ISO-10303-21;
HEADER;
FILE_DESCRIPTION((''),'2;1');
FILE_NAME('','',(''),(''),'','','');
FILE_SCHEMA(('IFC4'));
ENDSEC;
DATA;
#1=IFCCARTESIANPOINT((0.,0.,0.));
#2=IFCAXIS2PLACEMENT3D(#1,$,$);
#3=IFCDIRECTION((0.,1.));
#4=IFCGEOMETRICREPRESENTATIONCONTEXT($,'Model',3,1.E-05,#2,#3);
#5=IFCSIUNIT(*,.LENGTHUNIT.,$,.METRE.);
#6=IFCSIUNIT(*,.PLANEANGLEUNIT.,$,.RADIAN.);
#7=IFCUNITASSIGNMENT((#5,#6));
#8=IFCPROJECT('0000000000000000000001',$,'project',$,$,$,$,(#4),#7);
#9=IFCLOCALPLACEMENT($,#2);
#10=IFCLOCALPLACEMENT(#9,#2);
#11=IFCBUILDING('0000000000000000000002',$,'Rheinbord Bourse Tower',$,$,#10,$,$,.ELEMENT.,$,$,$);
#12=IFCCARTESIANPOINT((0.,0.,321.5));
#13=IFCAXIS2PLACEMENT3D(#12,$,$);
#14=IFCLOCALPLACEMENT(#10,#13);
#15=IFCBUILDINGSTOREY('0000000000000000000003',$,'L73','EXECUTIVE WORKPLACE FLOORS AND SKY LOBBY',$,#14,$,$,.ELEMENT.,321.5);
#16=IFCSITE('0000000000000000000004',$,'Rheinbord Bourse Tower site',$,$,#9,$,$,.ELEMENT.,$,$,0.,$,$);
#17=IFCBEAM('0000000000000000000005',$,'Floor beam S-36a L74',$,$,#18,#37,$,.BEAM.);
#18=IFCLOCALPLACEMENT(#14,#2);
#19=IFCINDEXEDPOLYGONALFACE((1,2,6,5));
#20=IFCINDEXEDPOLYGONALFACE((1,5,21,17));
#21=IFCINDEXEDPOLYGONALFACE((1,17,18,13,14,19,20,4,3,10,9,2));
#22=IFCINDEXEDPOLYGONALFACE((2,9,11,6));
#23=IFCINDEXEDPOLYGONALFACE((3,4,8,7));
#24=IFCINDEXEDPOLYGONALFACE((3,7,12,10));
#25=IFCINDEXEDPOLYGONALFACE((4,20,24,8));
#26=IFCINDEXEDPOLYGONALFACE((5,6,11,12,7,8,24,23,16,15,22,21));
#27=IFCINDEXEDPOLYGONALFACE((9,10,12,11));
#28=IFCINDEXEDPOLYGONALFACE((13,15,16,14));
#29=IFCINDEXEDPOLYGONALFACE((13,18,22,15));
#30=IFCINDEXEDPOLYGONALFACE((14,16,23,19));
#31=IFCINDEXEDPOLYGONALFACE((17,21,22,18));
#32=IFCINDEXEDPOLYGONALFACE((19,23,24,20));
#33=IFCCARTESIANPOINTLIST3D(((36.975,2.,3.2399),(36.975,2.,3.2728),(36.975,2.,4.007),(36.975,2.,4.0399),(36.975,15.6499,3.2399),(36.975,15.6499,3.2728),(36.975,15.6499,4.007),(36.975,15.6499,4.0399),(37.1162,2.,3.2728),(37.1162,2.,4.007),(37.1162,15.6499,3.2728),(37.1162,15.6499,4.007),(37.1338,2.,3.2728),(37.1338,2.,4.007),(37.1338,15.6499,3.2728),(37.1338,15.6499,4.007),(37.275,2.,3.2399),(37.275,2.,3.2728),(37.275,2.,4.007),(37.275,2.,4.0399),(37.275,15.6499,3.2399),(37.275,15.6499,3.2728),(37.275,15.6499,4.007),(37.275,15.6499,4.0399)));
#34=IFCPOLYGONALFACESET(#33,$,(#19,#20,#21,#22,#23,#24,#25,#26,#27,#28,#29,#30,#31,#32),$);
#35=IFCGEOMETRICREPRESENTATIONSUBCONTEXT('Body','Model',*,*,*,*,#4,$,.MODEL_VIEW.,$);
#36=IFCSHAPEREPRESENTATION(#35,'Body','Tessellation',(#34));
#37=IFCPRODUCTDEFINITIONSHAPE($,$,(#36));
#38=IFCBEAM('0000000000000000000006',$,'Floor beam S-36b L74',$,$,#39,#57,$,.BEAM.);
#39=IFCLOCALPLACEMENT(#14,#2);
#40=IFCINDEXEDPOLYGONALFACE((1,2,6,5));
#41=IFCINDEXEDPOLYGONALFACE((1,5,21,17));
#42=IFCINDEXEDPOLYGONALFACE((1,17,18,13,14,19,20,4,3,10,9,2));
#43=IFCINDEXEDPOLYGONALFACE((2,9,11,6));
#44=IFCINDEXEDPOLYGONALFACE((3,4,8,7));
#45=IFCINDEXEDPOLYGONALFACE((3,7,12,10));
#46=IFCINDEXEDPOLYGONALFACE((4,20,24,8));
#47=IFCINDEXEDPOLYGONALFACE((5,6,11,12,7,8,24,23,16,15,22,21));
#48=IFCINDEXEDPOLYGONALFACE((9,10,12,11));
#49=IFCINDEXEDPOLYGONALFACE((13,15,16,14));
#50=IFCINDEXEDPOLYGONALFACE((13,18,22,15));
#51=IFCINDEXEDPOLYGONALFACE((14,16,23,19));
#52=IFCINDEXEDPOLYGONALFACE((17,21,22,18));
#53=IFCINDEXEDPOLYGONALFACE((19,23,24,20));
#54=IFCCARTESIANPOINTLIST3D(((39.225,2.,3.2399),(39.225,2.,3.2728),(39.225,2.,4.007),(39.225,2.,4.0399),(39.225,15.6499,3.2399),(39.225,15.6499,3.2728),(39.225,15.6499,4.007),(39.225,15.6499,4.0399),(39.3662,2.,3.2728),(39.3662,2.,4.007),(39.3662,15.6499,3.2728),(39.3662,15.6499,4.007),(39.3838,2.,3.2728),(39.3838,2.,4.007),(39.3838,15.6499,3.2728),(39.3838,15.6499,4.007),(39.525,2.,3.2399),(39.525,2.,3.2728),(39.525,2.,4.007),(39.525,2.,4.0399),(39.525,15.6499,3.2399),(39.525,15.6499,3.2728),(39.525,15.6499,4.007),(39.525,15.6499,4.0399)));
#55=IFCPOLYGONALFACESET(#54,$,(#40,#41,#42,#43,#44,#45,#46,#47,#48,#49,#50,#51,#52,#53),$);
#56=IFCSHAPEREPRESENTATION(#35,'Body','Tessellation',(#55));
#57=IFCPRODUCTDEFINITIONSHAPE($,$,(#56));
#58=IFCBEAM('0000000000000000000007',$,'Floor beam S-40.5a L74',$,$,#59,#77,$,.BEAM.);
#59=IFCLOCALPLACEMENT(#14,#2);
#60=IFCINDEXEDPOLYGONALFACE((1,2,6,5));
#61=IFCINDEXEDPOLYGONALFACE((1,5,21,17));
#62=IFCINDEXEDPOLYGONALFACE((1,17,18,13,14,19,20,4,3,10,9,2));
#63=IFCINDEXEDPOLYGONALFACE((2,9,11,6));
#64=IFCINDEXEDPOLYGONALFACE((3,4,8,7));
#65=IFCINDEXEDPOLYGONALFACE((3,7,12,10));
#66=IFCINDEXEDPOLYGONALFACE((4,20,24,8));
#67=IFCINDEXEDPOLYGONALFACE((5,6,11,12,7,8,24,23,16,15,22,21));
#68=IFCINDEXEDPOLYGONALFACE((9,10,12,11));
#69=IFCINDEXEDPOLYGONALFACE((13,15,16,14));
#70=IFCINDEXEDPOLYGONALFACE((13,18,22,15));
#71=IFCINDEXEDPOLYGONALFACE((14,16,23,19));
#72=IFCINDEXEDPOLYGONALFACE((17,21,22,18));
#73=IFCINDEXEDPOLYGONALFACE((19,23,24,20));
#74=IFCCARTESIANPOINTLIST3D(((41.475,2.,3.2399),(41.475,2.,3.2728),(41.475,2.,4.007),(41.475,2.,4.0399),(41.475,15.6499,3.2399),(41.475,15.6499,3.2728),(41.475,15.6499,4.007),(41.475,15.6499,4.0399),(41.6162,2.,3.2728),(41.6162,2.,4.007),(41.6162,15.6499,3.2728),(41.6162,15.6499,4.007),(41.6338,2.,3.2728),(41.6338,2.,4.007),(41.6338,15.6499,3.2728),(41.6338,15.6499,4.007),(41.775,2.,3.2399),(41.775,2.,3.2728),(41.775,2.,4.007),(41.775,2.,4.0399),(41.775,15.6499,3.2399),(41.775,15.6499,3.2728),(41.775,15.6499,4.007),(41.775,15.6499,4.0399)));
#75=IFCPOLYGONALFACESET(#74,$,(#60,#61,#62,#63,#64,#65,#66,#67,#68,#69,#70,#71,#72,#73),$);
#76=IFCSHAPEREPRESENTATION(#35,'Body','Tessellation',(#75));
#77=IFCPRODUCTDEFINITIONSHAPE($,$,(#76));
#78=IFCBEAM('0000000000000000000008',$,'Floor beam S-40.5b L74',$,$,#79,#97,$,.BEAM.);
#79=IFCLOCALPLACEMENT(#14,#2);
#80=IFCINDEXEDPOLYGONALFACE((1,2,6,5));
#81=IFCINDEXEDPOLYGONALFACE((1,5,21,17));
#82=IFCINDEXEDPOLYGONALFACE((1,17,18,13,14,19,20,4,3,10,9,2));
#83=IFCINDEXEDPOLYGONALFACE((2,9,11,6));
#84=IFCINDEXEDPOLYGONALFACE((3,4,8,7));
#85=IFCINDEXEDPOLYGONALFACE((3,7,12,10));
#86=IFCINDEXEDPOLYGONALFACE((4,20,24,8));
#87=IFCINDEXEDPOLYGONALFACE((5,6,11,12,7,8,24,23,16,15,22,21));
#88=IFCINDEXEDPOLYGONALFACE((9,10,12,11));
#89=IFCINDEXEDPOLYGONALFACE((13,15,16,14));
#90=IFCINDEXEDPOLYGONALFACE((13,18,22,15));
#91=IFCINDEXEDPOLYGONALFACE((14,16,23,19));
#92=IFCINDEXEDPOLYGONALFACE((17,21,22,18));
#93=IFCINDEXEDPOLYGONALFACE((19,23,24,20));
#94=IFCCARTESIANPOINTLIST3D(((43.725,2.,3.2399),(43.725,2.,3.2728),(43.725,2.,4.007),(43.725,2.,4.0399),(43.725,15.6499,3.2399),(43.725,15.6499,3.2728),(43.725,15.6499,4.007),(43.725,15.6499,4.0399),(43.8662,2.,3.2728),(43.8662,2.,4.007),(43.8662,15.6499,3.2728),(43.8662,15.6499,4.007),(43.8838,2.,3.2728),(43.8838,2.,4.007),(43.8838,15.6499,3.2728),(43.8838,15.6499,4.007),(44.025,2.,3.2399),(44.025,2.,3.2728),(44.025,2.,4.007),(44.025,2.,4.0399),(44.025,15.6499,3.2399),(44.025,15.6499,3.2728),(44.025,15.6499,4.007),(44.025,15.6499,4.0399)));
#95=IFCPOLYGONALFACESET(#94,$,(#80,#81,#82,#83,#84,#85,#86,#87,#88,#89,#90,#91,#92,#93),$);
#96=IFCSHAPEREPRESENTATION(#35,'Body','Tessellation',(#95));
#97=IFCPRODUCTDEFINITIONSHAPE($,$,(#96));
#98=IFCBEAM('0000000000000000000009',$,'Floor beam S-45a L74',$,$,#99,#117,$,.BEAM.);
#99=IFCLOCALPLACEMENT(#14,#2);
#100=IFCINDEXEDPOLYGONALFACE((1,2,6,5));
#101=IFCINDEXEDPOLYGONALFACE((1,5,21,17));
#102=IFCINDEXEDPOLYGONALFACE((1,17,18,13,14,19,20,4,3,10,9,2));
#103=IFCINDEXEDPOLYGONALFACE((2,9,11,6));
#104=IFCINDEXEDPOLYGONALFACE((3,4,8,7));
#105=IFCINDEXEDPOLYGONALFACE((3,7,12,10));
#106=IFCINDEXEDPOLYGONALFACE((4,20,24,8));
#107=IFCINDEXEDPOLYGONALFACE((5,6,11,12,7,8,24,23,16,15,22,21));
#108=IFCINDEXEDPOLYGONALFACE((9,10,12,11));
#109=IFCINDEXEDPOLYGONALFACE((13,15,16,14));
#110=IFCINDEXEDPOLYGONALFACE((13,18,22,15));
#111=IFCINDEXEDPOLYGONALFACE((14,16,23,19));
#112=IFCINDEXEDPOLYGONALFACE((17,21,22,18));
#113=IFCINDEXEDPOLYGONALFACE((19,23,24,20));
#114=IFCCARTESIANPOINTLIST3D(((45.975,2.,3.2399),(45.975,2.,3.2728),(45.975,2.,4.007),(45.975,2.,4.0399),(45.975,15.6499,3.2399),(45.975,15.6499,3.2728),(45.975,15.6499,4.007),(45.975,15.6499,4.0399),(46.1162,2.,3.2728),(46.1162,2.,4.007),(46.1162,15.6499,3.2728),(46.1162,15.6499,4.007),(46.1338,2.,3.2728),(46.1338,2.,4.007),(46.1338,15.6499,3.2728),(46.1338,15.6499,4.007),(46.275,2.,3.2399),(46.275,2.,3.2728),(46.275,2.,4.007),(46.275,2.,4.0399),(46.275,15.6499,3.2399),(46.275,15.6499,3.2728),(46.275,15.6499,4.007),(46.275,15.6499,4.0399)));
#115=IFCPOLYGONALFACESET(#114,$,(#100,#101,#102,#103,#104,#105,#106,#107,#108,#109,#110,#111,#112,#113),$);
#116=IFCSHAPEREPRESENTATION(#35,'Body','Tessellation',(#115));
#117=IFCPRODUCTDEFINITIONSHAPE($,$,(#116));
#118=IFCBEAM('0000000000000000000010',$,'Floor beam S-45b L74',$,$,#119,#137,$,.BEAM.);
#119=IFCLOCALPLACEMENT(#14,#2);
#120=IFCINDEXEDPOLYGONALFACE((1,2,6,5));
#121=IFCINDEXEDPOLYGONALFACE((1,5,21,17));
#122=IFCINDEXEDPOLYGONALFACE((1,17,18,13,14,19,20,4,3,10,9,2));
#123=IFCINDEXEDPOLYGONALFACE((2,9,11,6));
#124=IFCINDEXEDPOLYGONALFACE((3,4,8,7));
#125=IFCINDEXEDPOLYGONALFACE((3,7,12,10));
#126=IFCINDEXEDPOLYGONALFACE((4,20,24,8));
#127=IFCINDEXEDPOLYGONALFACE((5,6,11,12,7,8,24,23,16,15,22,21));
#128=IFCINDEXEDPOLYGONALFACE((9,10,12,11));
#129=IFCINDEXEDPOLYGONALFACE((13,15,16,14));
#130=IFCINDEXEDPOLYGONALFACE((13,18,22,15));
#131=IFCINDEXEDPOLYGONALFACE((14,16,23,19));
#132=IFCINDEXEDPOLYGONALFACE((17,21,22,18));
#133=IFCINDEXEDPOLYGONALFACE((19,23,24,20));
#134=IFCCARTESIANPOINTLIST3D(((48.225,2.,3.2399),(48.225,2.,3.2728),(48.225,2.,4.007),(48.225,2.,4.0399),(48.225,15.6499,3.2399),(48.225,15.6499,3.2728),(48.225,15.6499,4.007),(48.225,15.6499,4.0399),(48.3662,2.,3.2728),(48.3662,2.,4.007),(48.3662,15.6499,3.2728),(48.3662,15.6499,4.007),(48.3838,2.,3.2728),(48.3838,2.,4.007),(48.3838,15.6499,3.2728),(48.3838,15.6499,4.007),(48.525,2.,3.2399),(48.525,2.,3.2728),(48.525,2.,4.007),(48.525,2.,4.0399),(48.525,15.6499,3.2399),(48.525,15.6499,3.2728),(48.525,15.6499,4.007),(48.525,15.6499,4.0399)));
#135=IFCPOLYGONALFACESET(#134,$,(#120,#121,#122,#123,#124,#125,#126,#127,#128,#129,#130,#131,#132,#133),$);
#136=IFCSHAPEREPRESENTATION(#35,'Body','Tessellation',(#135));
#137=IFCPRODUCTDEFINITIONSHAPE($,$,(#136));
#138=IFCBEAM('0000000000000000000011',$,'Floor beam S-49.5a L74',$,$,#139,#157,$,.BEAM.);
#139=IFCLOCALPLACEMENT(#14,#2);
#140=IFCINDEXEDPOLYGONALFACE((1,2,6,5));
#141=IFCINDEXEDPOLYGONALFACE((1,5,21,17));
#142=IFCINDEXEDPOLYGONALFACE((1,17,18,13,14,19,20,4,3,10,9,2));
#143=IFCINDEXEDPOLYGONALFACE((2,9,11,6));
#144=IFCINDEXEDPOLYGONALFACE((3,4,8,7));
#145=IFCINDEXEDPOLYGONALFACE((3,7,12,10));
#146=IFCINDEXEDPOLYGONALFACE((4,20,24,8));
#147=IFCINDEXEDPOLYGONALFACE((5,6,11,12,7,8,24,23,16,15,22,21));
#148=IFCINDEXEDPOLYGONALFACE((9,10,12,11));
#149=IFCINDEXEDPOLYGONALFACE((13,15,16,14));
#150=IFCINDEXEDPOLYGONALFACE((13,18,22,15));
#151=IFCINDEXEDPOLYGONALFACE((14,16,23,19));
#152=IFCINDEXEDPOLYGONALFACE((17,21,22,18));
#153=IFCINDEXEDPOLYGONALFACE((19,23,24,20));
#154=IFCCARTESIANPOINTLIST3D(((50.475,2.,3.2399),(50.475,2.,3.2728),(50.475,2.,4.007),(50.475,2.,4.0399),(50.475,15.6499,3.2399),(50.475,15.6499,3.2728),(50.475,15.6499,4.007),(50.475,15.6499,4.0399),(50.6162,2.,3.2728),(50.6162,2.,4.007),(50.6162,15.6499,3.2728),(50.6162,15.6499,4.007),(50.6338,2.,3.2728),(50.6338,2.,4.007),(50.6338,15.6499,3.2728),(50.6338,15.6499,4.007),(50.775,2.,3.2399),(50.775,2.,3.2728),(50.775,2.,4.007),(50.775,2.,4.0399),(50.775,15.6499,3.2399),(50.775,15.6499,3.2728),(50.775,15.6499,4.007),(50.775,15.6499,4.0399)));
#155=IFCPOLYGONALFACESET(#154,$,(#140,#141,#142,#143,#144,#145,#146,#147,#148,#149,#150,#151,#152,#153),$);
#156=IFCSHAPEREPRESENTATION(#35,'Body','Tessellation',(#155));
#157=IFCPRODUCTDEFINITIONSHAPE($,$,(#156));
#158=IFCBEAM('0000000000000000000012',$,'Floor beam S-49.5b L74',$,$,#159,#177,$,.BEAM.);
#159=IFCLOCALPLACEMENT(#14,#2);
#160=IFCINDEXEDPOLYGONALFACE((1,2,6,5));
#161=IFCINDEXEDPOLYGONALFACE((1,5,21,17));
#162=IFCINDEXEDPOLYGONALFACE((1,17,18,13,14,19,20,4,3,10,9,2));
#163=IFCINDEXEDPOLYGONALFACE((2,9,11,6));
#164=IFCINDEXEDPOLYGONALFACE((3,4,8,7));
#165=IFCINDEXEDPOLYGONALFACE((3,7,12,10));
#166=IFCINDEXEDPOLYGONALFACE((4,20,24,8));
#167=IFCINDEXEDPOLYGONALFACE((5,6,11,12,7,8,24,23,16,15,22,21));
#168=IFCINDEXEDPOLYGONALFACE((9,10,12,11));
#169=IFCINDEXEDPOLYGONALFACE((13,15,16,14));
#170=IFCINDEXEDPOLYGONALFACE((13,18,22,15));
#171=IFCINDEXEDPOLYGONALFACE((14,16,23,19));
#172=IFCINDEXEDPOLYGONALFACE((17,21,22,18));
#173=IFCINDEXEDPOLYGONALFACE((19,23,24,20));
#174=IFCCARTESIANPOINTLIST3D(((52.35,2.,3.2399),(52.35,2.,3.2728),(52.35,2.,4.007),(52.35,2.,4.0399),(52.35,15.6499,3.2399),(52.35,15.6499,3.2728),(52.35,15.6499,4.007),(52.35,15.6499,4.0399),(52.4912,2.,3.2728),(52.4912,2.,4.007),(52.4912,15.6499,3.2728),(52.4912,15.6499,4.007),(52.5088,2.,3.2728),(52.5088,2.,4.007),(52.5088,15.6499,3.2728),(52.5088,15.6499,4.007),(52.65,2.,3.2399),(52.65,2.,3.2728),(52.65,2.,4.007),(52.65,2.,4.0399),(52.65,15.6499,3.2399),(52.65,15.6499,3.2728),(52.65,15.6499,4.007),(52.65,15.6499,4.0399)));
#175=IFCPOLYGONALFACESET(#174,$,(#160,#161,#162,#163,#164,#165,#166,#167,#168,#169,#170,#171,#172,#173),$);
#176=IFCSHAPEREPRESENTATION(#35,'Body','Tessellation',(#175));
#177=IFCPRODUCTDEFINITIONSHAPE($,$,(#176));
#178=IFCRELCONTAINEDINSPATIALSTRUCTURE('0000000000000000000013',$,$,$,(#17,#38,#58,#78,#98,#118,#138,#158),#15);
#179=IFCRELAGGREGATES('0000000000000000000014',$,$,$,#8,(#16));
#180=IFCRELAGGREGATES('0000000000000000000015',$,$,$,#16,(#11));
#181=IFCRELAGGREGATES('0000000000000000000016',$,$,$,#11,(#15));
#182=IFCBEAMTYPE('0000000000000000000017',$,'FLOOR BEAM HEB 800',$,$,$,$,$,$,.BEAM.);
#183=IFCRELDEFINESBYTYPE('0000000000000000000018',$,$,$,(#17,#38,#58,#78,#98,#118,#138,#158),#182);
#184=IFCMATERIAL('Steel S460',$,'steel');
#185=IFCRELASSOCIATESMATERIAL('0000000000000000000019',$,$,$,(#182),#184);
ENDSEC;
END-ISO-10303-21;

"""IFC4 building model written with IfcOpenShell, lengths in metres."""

from ifc_helpers import new_model, si_unit, direction, frame, origin, origin_2d, place, context, subcontext, project, spatial, i_section, extrude, material, material_profile, profile_set, type_object, element, save


model = new_model("IFC4")

# Units and contexts
model_context = context("Model", 3, precision=1e-05, world=origin(), true_north=direction((0.0, 1.0)))
body_context = subcontext(model_context, "Body", "Model", "MODEL_VIEW")
ifc_project = project(units=[si_unit("LENGTHUNIT", "METRE"), si_unit("PLANEANGLEUNIT", "RADIAN")], contexts=[model_context])

# Site, building, storey
site_placement = place(None, origin())
site = spatial("IfcSite", under=ifc_project, at=site_placement, Name="Rheinbord Bourse Tower site", CompositionType="ELEMENT", RefElevation=0.0)
building_placement = place(site_placement, origin())
building = spatial("IfcBuilding", under=site, at=building_placement, Name="Rheinbord Bourse Tower", CompositionType="ELEMENT")
storey_placement = place(building_placement, frame((0.0, 0.0, 321.5)))
storey = spatial("IfcBuildingStorey", under=building, at=storey_placement, Name="L73", Description="EXECUTIVE WORKPLACE FLOORS AND SKY LOBBY", CompositionType="ELEMENT", Elevation=321.5)

# Beams
ifc_material_1 = material(Name="Steel S460", Category="steel")
ifc_material_profile_1 = material_profile(ifc_material_1, i_section(OverallWidth=0.3, OverallDepth=0.8, WebThickness=0.0176, FlangeThickness=0.033, at=origin_2d()), Name="HEB 800")
ifc_profile_set_1 = profile_set([ifc_material_profile_1], Name="Steel S460")
beam_type_1 = type_object("IfcBeamType", Name="FLOOR BEAM HEB 800", PredefinedType="BEAM", material=ifc_profile_set_1)
for number, where, z_axis, x_axis, name in (
    (1, (37.125, 2.0, 3.6399), (0.0, 1.0, 0.0), (-1.0, 0.0, 0.0), "Floor beam S-36a L74"),
    (2, (39.375, 2.0, 3.6399), (0.0, 1.0, 0.0), (-1.0, 0.0, 0.0), "Floor beam S-36b L74"),
    (3, (41.625, 2.0, 3.6399), (0.0, 1.0, 0.0), (-1.0, 0.0, 0.0), "Floor beam S-40.5a L74"),
    (4, (43.875, 2.0, 3.6399), (0.0, 1.0, 0.0), (-1.0, 0.0, 0.0), "Floor beam S-40.5b L74"),
    (5, (46.125, 2.0, 3.6399), (0.0, 1.0, 0.0), (-1.0, 0.0, 0.0), "Floor beam S-45a L74"),
    (6, (48.375, 2.0, 3.6399), (0.0, 1.0, 0.0), (-1.0, 0.0, 0.0), "Floor beam S-45b L74"),
    (7, (50.625, 2.0, 3.6399), (0.0, 1.0, 0.0), (-1.0, 0.0, 0.0), "Floor beam S-49.5a L74"),
    (8, (52.5, 2.0, 3.6399), (0.0, 1.0, 0.0), (-1.0, 0.0, 0.0), "Floor beam S-49.5b L74"),
):
    element("IfcBeam", number, at=place(storey_placement, frame(where, z_axis=z_axis, x_axis=x_axis)), inside=storey, type_object=beam_type_1, Name=name, PredefinedType="BEAM", context=body_context, shape_type="SweptSolid", body=[
        extrude(i_section(OverallWidth=0.3, OverallDepth=0.8, WebThickness=0.0176, FlangeThickness=0.033, at=origin_2d()), origin(), (0.0, 0.0, 1.0), 13.6499),
    ])

save(model, "model.ifc")
